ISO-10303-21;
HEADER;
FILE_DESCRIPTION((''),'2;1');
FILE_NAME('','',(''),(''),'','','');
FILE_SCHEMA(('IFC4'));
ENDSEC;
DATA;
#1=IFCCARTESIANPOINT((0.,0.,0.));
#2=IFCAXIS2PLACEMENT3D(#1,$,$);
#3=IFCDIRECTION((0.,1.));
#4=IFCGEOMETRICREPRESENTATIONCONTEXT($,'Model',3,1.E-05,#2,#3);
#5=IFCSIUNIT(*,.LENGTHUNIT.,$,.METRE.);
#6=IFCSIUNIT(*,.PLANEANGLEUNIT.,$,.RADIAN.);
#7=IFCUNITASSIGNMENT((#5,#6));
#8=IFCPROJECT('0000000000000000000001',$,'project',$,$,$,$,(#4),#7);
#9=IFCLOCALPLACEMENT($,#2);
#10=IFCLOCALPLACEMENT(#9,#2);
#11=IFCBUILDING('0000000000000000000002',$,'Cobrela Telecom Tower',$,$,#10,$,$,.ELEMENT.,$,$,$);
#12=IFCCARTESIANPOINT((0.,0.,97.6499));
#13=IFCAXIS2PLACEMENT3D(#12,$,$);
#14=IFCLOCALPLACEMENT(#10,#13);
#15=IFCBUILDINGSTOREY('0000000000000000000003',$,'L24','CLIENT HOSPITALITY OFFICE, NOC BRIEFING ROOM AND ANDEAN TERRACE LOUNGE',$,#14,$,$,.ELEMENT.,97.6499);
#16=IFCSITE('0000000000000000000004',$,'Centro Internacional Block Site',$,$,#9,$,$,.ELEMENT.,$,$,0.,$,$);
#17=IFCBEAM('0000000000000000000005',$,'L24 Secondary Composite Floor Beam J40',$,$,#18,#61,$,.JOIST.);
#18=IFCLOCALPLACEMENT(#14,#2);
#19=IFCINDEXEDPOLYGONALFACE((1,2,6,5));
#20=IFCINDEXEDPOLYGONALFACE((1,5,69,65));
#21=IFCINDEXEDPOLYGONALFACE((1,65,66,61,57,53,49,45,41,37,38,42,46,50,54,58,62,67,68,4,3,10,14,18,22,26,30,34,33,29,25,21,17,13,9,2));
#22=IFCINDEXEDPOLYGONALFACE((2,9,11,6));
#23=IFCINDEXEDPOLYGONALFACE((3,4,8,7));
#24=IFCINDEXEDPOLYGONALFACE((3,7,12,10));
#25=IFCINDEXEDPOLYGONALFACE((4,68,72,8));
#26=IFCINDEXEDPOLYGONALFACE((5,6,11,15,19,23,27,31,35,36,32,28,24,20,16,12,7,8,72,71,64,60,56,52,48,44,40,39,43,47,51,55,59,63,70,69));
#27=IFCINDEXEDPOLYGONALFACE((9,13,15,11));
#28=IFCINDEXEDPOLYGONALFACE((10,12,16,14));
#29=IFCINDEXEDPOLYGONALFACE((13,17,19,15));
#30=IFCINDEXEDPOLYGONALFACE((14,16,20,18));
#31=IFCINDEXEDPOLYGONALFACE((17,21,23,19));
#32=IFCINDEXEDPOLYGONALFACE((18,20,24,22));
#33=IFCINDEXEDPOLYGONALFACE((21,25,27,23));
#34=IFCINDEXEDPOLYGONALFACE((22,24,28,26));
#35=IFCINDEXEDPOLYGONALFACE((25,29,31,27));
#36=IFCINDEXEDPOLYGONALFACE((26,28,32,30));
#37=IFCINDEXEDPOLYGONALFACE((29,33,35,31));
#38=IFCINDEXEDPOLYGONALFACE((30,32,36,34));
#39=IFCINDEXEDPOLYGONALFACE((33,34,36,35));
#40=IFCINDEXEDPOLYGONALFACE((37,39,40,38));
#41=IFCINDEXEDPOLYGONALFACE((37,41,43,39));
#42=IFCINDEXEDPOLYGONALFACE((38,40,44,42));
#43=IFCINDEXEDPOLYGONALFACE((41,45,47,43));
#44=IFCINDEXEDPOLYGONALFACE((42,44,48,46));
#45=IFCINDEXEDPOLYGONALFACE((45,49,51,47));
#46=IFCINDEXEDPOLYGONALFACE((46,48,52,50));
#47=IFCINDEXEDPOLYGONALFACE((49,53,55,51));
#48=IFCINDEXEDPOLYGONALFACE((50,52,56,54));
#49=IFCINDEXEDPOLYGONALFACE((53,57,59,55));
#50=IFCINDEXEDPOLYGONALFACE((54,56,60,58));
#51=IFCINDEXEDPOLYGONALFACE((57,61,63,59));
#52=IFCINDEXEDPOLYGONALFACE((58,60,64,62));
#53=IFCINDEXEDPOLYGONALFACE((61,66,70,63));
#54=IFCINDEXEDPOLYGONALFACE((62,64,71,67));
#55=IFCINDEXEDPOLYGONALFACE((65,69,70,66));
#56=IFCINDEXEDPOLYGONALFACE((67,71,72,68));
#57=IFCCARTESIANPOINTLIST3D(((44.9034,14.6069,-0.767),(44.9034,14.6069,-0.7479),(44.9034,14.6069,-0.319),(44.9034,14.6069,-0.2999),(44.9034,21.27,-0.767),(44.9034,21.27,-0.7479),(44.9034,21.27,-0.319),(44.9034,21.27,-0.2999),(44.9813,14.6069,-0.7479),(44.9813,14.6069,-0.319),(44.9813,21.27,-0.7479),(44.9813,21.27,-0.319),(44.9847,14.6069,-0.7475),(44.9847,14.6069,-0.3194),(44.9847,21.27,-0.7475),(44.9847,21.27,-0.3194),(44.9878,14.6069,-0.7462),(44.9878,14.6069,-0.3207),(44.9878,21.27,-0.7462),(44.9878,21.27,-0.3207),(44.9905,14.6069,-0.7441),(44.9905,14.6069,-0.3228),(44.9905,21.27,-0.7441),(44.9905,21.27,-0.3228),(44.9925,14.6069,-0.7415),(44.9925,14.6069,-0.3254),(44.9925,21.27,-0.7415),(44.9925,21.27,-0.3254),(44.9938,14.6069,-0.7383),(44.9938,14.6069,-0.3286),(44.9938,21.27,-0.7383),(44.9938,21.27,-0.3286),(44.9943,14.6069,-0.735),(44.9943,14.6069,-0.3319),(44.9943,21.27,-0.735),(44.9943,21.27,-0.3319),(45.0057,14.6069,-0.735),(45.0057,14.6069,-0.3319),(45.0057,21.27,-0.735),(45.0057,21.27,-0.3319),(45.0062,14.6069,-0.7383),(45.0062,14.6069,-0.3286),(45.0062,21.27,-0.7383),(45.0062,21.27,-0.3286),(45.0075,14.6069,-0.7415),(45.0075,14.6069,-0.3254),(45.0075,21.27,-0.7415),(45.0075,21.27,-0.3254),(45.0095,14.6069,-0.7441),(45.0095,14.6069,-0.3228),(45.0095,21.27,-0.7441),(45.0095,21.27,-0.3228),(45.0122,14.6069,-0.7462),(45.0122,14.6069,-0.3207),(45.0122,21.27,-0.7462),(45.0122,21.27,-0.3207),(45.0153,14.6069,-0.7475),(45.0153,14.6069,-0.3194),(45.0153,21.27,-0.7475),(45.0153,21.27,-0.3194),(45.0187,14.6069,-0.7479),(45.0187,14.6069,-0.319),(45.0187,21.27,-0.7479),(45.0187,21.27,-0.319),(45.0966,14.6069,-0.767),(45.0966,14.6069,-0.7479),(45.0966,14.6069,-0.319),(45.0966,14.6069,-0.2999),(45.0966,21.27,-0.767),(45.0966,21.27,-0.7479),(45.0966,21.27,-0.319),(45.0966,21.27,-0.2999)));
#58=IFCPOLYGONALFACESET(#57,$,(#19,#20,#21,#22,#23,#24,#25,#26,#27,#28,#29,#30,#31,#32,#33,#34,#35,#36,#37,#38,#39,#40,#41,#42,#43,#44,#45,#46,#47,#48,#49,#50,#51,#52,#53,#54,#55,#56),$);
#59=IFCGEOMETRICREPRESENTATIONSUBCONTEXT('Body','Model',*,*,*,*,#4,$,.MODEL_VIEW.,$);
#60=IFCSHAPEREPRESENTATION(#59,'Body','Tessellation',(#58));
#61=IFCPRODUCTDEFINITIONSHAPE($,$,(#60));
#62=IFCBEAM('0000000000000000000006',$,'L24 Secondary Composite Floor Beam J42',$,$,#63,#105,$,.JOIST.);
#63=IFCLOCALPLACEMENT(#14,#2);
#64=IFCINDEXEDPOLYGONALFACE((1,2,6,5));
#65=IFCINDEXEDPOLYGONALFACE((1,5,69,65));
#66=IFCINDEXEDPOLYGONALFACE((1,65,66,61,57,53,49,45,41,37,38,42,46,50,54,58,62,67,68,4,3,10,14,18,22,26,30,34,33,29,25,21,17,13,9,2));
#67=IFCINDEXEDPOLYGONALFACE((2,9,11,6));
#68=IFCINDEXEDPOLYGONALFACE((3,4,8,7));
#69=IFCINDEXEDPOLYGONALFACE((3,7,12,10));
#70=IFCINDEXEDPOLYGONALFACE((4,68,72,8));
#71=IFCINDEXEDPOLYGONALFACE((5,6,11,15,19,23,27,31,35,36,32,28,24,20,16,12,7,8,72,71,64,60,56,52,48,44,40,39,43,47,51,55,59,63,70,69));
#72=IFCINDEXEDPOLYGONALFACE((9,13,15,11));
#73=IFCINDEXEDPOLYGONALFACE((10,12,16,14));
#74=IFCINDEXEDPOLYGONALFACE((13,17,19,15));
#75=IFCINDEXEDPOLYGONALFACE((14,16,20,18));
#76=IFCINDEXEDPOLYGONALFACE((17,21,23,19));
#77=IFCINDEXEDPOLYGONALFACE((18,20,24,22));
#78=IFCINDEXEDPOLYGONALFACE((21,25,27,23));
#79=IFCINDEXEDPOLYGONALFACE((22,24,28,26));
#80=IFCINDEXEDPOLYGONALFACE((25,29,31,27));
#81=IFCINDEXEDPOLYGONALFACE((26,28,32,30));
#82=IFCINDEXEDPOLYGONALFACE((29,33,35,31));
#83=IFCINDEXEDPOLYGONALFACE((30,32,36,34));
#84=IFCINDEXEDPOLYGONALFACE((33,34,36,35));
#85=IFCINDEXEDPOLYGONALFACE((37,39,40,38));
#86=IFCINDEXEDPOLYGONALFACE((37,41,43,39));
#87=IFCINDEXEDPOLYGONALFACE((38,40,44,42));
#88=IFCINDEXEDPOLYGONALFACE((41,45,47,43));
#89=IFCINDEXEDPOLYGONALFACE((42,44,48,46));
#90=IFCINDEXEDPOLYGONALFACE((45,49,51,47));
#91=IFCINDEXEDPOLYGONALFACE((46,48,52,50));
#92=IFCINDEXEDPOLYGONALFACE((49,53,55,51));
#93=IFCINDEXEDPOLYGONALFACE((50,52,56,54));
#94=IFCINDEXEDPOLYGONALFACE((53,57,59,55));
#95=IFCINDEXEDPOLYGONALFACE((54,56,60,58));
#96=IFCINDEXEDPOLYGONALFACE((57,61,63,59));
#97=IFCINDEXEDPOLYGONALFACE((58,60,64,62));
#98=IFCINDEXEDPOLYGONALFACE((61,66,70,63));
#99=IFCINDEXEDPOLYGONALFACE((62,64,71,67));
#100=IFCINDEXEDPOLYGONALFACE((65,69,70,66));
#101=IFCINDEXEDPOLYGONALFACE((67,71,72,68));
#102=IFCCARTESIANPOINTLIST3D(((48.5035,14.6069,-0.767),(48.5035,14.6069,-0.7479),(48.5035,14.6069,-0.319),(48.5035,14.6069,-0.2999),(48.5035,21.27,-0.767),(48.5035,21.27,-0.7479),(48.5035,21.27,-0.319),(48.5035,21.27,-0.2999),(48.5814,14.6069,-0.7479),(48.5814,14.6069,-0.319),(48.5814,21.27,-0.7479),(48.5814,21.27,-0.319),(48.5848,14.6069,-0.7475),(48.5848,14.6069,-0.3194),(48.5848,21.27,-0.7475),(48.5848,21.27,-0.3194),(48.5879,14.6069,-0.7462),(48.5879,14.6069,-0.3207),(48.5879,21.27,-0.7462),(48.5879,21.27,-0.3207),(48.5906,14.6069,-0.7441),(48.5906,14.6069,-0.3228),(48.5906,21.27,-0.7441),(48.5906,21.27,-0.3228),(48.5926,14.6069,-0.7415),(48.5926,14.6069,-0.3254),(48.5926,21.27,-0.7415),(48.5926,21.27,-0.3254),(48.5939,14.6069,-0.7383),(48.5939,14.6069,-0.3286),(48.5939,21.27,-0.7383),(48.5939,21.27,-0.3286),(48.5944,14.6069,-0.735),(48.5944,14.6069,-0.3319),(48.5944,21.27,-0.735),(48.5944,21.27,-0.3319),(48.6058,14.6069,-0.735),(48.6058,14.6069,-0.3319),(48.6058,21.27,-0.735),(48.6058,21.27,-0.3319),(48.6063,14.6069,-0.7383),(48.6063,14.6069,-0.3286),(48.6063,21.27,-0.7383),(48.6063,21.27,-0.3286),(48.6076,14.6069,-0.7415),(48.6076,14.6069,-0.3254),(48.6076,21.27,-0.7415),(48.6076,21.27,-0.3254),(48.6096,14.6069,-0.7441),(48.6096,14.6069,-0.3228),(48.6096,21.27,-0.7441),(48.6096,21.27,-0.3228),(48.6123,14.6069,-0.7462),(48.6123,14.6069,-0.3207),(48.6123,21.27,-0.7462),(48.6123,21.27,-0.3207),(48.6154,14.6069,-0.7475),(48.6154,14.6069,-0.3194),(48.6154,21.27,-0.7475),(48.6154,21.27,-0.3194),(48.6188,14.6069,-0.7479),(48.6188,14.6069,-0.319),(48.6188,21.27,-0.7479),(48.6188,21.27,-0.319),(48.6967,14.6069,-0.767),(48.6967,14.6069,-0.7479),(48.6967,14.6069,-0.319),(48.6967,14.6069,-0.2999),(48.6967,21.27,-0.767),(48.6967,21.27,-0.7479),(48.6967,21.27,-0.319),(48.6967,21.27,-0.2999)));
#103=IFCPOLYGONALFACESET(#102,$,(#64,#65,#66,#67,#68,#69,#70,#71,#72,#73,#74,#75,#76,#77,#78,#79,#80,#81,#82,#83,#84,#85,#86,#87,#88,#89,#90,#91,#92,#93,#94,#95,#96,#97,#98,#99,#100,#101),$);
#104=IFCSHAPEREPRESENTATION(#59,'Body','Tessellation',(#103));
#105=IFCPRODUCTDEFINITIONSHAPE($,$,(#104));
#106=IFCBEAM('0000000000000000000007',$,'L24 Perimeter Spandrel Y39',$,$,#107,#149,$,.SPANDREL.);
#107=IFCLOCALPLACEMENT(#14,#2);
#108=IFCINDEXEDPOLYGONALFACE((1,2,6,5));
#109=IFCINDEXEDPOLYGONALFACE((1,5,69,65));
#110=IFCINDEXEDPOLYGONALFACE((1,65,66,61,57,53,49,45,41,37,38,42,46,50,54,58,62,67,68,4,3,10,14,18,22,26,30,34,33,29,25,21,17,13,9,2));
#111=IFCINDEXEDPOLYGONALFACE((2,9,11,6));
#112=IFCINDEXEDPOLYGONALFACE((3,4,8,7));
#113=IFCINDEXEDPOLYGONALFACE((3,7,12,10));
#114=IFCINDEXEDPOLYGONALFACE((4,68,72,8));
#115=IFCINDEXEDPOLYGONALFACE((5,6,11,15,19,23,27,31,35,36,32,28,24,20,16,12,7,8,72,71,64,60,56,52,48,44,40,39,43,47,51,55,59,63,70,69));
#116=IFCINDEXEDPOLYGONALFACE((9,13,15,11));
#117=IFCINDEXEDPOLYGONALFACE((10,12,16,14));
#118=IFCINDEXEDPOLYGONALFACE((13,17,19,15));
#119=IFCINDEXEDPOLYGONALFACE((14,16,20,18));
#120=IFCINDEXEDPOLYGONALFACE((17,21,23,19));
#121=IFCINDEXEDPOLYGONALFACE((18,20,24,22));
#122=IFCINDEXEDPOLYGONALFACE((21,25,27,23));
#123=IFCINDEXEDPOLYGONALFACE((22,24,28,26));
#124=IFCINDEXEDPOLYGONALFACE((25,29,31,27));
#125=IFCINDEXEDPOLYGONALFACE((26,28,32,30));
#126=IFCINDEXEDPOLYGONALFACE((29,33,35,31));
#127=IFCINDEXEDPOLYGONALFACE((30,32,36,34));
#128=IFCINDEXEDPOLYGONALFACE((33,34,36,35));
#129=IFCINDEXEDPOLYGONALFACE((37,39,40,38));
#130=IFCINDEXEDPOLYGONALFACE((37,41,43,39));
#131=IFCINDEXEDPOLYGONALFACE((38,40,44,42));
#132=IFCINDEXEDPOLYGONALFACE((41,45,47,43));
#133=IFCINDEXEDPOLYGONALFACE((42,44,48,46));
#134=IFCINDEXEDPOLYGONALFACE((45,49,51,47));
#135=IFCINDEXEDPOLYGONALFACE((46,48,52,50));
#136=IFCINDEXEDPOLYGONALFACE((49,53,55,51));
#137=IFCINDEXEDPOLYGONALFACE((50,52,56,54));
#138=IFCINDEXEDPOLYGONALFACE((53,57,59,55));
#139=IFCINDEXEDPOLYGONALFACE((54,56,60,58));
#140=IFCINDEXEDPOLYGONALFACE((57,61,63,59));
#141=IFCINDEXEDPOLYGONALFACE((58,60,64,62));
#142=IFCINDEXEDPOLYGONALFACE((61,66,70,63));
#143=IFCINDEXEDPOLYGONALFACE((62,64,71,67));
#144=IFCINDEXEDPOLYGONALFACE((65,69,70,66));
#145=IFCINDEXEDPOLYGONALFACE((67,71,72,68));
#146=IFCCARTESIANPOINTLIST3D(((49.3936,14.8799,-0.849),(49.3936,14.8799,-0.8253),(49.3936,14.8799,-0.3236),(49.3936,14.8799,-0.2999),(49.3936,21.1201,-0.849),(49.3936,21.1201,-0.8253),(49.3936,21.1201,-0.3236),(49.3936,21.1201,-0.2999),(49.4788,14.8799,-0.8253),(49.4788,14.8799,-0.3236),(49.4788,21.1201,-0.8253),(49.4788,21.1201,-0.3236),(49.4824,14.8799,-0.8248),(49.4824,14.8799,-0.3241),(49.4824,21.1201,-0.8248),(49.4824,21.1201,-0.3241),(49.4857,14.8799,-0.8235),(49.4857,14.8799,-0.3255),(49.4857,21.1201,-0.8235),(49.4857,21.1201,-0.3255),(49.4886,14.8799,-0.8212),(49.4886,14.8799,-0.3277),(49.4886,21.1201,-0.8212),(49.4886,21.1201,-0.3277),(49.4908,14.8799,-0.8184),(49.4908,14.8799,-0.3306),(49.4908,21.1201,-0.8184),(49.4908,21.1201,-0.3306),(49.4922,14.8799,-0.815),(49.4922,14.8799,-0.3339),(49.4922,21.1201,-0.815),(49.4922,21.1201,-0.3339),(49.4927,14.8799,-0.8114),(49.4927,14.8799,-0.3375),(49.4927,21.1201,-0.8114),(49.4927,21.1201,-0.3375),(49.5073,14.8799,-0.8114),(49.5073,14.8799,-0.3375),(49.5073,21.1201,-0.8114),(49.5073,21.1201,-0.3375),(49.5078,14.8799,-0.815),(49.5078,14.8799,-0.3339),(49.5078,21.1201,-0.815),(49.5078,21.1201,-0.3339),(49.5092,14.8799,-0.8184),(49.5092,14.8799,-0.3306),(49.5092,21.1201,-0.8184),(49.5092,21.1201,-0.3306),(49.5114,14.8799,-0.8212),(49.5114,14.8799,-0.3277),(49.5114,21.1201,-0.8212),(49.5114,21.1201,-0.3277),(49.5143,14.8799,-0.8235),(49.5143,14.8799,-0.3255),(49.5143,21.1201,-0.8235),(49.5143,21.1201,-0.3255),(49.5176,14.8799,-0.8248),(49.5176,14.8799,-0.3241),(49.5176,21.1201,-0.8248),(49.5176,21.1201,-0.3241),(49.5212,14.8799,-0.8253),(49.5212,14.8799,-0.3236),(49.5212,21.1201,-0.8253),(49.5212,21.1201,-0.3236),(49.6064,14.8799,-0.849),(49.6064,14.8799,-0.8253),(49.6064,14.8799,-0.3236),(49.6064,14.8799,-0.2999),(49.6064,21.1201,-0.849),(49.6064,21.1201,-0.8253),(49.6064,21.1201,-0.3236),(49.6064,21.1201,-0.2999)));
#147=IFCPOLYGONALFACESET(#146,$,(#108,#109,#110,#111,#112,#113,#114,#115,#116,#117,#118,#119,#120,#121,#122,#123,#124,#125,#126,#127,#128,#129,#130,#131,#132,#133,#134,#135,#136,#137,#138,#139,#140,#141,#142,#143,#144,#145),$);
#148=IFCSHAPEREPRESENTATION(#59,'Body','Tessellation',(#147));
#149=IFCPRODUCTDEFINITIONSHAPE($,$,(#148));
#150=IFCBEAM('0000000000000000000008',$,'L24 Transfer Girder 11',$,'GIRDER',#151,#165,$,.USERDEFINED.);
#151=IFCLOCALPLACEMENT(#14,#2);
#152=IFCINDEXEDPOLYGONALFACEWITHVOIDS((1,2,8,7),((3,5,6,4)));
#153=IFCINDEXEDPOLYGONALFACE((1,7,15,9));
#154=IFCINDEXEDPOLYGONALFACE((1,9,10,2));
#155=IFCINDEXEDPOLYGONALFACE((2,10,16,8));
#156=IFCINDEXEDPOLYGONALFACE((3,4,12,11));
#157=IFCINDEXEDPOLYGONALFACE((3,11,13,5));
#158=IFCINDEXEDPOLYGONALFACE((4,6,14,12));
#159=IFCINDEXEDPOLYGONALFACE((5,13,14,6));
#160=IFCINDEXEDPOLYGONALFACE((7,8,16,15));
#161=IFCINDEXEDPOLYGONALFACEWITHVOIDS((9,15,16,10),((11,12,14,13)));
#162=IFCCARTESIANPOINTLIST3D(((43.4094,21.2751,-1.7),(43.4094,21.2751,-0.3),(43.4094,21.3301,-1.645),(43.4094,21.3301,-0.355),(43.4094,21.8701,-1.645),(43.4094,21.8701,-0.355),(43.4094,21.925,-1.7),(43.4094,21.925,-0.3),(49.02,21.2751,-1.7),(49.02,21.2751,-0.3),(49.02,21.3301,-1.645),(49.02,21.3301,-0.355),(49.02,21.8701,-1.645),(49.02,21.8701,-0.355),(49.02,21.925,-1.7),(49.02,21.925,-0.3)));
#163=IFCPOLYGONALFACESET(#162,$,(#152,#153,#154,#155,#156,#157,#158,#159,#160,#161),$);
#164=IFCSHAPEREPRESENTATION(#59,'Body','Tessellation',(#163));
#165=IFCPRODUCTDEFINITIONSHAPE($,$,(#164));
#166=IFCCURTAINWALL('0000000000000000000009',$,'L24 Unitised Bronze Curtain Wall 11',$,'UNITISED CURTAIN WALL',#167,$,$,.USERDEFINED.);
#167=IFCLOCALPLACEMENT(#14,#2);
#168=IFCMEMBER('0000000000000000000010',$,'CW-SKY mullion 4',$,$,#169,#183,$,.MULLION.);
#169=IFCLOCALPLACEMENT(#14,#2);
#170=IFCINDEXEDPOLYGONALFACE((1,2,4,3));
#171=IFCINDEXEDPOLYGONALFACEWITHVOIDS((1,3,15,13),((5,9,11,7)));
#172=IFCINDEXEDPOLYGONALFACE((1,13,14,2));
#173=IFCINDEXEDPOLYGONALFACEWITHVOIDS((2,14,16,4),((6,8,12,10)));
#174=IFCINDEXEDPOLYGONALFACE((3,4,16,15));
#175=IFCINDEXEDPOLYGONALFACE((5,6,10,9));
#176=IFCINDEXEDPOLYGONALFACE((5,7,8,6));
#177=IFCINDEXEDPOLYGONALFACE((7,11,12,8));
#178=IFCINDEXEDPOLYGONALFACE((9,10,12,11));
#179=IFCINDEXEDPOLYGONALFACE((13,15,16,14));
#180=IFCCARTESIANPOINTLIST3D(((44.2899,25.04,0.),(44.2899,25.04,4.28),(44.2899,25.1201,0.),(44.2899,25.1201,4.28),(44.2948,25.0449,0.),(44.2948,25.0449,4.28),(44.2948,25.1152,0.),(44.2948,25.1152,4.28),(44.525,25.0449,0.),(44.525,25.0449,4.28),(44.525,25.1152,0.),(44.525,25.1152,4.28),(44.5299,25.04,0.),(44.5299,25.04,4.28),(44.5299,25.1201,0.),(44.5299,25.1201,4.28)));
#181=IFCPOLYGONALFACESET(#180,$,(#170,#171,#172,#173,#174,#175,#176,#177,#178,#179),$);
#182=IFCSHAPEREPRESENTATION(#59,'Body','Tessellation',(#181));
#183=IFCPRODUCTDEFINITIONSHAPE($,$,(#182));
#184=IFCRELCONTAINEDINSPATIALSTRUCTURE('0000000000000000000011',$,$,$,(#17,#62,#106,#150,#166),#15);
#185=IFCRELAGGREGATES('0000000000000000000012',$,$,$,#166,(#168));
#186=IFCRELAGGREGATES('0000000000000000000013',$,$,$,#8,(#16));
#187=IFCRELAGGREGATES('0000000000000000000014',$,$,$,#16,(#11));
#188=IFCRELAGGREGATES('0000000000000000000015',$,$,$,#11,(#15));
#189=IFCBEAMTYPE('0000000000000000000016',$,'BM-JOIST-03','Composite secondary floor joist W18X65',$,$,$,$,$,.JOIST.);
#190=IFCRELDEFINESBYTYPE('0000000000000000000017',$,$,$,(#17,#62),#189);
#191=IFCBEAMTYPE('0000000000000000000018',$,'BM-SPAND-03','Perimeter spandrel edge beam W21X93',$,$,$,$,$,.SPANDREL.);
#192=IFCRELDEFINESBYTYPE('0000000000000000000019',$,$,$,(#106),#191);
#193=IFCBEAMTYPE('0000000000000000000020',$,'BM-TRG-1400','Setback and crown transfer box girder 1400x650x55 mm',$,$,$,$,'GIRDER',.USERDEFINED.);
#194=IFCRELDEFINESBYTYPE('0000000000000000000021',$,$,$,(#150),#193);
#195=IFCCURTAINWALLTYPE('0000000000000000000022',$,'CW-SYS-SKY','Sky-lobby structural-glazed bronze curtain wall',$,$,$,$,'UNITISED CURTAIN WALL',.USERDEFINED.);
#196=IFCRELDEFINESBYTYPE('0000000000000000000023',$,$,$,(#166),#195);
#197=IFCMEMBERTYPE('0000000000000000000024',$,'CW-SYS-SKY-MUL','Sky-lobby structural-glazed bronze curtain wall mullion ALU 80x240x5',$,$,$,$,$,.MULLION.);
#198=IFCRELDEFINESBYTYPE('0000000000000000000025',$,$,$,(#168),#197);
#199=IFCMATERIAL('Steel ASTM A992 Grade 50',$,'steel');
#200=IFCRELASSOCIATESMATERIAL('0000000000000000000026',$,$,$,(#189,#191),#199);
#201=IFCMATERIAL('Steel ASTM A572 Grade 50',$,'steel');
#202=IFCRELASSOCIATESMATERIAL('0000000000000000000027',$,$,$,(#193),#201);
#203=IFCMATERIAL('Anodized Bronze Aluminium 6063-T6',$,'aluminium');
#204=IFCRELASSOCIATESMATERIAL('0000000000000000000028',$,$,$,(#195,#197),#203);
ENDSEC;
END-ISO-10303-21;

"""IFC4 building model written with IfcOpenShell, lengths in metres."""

from ifc_helpers import new_model, si_unit, direction, frame, origin, origin_2d, place, context, subcontext, project, spatial, hollow_rectangle, i_section, extrude, material, material_profile, profile_set, type_object, element, aggregate, save


model = new_model("IFC4")

# Units and contexts
model_context = context("Model", 3, precision=1e-05, world=origin(), true_north=direction((0.0, 1.0)))
body_context = subcontext(model_context, "Body", "Model", "MODEL_VIEW")
ifc_project = project(units=[si_unit("LENGTHUNIT", "METRE"), si_unit("PLANEANGLEUNIT", "RADIAN")], contexts=[model_context])

# Site, building, storey
site_placement = place(None, origin())
site = spatial("IfcSite", under=ifc_project, at=site_placement, Name="Centro Internacional Block Site", CompositionType="ELEMENT", RefElevation=0.0)
building_placement = place(site_placement, origin())
building = spatial("IfcBuilding", under=site, at=building_placement, Name="Cobrela Telecom Tower", CompositionType="ELEMENT")
storey_placement = place(building_placement, frame((0.0, 0.0, 97.6499)))
storey = spatial("IfcBuildingStorey", under=building, at=storey_placement, Name="L24", Description="CLIENT HOSPITALITY OFFICE, NOC BRIEFING ROOM AND ANDEAN TERRACE LOUNGE", CompositionType="ELEMENT", Elevation=97.6499)

# Shared definitions
ifc_material_1 = material(Name="Steel ASTM A572 Grade 50", Category="steel")

# Beams
ifc_material_2 = material(Name="Steel ASTM A992 Grade 50", Category="steel")
ifc_material_profile_1 = material_profile(ifc_material_2, i_section(OverallWidth=0.1931, OverallDepth=0.467, WebThickness=0.0115, FlangeThickness=0.019, FilletRadius=0.0129, at=origin_2d()), Name="W18X65")
ifc_profile_set_1 = profile_set([ifc_material_profile_1], Name="Steel ASTM A992 Grade 50")
beam_type_1 = type_object("IfcBeamType", Name="BM-JOIST-03", Description="Composite secondary floor joist W18X65", PredefinedType="JOIST", material=ifc_profile_set_1)
for number, where, z_axis, x_axis, name in (
    (1, (45.0, 14.6069, -0.5334), (0.0, 1.0, 0.0), (-1.0, 0.0, 0.0), "L24 Secondary Composite Floor Beam J40"),
    (2, (48.6001, 14.6069, -0.5334), (0.0, 1.0, 0.0), (-1.0, 0.0, 0.0), "L24 Secondary Composite Floor Beam J42"),
):
    element("IfcBeam", number, at=place(storey_placement, frame(where, z_axis=z_axis, x_axis=x_axis)), inside=storey, type_object=beam_type_1, Name=name, PredefinedType="JOIST", context=body_context, shape_type="SweptSolid", body=[
        extrude(i_section(OverallWidth=0.1931, OverallDepth=0.467, WebThickness=0.0115, FlangeThickness=0.019, FilletRadius=0.0129, at=origin_2d()), origin(), (0.0, 0.0, 1.0), 6.6631),
    ])
ifc_material_profile_2 = material_profile(ifc_material_2, i_section(OverallWidth=0.2129, OverallDepth=0.5491, WebThickness=0.0146, FlangeThickness=0.0237, FilletRadius=0.0139, at=origin_2d()), Name="W21X93")
ifc_profile_set_2 = profile_set([ifc_material_profile_2], Name="Steel ASTM A992 Grade 50")
beam_type_2 = type_object("IfcBeamType", Name="BM-SPAND-03", Description="Perimeter spandrel edge beam W21X93", PredefinedType="SPANDREL", material=ifc_profile_set_2)
beam_1_placement = place(storey_placement, frame((49.5, 14.8799, -0.5745), z_axis=(0.0, 1.0, 0.0), x_axis=(-1.0, 0.0, 0.0)))
element("IfcBeam", 3, at=beam_1_placement, inside=storey, type_object=beam_type_2, Name="L24 Perimeter Spandrel Y39", PredefinedType="SPANDREL", context=body_context, shape_type="SweptSolid", body=[
    extrude(i_section(OverallWidth=0.2129, OverallDepth=0.5491, WebThickness=0.0146, FlangeThickness=0.0237, FilletRadius=0.0139, at=origin_2d()), origin(), (0.0, 0.0, 1.0), 6.2402),
])
ifc_material_profile_3 = material_profile(ifc_material_1, hollow_rectangle(XDim=0.6499, YDim=1.3999, WallThickness=0.0549, at=origin_2d()), Name="BOX 1400x650x55")
ifc_profile_set_3 = profile_set([ifc_material_profile_3], Name="Steel ASTM A572 Grade 50")
beam_type_3 = type_object("IfcBeamType", Name="BM-TRG-1400", Description="Setback and crown transfer box girder 1400x650x55 mm", ElementType="GIRDER", PredefinedType="USERDEFINED", material=ifc_profile_set_3)
beam_2_placement = place(storey_placement, frame((43.4094, 21.6001, -1.0), z_axis=(1.0, 0.0, 0.0), x_axis=(0.0, 1.0, 0.0)))
element("IfcBeam", 4, at=beam_2_placement, inside=storey, type_object=beam_type_3, Name="L24 Transfer Girder 11", ObjectType="GIRDER", PredefinedType="USERDEFINED", context=body_context, shape_type="SweptSolid", body=[
    extrude(hollow_rectangle(XDim=0.6499, YDim=1.3999, WallThickness=0.0549, at=origin_2d()), origin(), (0.0, 0.0, 1.0), 5.6106),
])

# Curtain wall, member
ifc_material_3 = material(Name="Anodized Bronze Aluminium 6063-T6", Category="aluminium")
curtain_wall_type = type_object("IfcCurtainWallType", Name="CW-SYS-SKY", Description="Sky-lobby structural-glazed bronze curtain wall", ElementType="UNITISED CURTAIN WALL", PredefinedType="USERDEFINED", material=ifc_material_3)
curtain_wall_placement = place(storey_placement, origin())
curtain_wall = element("IfcCurtainWall", 5, at=curtain_wall_placement, inside=storey, type_object=curtain_wall_type, Name="L24 Unitised Bronze Curtain Wall 11", ObjectType="UNITISED CURTAIN WALL", PredefinedType="USERDEFINED")
ifc_material_profile_4 = material_profile(ifc_material_3, hollow_rectangle(XDim=0.0801, YDim=0.24, WallThickness=0.0049, at=origin_2d()), Name="ALU 80x240x5")
ifc_profile_set_4 = profile_set([ifc_material_profile_4], Name="Anodized Bronze Aluminium 6063-T6")
member_type_1 = type_object("IfcMemberType", Name="CW-SYS-SKY-MUL", Description="Sky-lobby structural-glazed bronze curtain wall mullion ALU 80x240x5", PredefinedType="MULLION", material=ifc_profile_set_4)
member_1_placement = place(storey_placement, frame((44.4099, 25.0801, 0.0), z_axis=(0.0, 0.0, 1.0), x_axis=(0.0, 1.0, 0.0)))
member_1 = element("IfcMember", 6, at=member_1_placement, type_object=member_type_1, Name="CW-SKY mullion 4", PredefinedType="MULLION", context=body_context, shape_type="SweptSolid", body=[
    extrude(hollow_rectangle(XDim=0.0801, YDim=0.24, WallThickness=0.0049, at=origin_2d()), origin(), (0.0, 0.0, 1.0), 4.28),
])
aggregate(curtain_wall, [member_1])

save(model, "model.ifc")
